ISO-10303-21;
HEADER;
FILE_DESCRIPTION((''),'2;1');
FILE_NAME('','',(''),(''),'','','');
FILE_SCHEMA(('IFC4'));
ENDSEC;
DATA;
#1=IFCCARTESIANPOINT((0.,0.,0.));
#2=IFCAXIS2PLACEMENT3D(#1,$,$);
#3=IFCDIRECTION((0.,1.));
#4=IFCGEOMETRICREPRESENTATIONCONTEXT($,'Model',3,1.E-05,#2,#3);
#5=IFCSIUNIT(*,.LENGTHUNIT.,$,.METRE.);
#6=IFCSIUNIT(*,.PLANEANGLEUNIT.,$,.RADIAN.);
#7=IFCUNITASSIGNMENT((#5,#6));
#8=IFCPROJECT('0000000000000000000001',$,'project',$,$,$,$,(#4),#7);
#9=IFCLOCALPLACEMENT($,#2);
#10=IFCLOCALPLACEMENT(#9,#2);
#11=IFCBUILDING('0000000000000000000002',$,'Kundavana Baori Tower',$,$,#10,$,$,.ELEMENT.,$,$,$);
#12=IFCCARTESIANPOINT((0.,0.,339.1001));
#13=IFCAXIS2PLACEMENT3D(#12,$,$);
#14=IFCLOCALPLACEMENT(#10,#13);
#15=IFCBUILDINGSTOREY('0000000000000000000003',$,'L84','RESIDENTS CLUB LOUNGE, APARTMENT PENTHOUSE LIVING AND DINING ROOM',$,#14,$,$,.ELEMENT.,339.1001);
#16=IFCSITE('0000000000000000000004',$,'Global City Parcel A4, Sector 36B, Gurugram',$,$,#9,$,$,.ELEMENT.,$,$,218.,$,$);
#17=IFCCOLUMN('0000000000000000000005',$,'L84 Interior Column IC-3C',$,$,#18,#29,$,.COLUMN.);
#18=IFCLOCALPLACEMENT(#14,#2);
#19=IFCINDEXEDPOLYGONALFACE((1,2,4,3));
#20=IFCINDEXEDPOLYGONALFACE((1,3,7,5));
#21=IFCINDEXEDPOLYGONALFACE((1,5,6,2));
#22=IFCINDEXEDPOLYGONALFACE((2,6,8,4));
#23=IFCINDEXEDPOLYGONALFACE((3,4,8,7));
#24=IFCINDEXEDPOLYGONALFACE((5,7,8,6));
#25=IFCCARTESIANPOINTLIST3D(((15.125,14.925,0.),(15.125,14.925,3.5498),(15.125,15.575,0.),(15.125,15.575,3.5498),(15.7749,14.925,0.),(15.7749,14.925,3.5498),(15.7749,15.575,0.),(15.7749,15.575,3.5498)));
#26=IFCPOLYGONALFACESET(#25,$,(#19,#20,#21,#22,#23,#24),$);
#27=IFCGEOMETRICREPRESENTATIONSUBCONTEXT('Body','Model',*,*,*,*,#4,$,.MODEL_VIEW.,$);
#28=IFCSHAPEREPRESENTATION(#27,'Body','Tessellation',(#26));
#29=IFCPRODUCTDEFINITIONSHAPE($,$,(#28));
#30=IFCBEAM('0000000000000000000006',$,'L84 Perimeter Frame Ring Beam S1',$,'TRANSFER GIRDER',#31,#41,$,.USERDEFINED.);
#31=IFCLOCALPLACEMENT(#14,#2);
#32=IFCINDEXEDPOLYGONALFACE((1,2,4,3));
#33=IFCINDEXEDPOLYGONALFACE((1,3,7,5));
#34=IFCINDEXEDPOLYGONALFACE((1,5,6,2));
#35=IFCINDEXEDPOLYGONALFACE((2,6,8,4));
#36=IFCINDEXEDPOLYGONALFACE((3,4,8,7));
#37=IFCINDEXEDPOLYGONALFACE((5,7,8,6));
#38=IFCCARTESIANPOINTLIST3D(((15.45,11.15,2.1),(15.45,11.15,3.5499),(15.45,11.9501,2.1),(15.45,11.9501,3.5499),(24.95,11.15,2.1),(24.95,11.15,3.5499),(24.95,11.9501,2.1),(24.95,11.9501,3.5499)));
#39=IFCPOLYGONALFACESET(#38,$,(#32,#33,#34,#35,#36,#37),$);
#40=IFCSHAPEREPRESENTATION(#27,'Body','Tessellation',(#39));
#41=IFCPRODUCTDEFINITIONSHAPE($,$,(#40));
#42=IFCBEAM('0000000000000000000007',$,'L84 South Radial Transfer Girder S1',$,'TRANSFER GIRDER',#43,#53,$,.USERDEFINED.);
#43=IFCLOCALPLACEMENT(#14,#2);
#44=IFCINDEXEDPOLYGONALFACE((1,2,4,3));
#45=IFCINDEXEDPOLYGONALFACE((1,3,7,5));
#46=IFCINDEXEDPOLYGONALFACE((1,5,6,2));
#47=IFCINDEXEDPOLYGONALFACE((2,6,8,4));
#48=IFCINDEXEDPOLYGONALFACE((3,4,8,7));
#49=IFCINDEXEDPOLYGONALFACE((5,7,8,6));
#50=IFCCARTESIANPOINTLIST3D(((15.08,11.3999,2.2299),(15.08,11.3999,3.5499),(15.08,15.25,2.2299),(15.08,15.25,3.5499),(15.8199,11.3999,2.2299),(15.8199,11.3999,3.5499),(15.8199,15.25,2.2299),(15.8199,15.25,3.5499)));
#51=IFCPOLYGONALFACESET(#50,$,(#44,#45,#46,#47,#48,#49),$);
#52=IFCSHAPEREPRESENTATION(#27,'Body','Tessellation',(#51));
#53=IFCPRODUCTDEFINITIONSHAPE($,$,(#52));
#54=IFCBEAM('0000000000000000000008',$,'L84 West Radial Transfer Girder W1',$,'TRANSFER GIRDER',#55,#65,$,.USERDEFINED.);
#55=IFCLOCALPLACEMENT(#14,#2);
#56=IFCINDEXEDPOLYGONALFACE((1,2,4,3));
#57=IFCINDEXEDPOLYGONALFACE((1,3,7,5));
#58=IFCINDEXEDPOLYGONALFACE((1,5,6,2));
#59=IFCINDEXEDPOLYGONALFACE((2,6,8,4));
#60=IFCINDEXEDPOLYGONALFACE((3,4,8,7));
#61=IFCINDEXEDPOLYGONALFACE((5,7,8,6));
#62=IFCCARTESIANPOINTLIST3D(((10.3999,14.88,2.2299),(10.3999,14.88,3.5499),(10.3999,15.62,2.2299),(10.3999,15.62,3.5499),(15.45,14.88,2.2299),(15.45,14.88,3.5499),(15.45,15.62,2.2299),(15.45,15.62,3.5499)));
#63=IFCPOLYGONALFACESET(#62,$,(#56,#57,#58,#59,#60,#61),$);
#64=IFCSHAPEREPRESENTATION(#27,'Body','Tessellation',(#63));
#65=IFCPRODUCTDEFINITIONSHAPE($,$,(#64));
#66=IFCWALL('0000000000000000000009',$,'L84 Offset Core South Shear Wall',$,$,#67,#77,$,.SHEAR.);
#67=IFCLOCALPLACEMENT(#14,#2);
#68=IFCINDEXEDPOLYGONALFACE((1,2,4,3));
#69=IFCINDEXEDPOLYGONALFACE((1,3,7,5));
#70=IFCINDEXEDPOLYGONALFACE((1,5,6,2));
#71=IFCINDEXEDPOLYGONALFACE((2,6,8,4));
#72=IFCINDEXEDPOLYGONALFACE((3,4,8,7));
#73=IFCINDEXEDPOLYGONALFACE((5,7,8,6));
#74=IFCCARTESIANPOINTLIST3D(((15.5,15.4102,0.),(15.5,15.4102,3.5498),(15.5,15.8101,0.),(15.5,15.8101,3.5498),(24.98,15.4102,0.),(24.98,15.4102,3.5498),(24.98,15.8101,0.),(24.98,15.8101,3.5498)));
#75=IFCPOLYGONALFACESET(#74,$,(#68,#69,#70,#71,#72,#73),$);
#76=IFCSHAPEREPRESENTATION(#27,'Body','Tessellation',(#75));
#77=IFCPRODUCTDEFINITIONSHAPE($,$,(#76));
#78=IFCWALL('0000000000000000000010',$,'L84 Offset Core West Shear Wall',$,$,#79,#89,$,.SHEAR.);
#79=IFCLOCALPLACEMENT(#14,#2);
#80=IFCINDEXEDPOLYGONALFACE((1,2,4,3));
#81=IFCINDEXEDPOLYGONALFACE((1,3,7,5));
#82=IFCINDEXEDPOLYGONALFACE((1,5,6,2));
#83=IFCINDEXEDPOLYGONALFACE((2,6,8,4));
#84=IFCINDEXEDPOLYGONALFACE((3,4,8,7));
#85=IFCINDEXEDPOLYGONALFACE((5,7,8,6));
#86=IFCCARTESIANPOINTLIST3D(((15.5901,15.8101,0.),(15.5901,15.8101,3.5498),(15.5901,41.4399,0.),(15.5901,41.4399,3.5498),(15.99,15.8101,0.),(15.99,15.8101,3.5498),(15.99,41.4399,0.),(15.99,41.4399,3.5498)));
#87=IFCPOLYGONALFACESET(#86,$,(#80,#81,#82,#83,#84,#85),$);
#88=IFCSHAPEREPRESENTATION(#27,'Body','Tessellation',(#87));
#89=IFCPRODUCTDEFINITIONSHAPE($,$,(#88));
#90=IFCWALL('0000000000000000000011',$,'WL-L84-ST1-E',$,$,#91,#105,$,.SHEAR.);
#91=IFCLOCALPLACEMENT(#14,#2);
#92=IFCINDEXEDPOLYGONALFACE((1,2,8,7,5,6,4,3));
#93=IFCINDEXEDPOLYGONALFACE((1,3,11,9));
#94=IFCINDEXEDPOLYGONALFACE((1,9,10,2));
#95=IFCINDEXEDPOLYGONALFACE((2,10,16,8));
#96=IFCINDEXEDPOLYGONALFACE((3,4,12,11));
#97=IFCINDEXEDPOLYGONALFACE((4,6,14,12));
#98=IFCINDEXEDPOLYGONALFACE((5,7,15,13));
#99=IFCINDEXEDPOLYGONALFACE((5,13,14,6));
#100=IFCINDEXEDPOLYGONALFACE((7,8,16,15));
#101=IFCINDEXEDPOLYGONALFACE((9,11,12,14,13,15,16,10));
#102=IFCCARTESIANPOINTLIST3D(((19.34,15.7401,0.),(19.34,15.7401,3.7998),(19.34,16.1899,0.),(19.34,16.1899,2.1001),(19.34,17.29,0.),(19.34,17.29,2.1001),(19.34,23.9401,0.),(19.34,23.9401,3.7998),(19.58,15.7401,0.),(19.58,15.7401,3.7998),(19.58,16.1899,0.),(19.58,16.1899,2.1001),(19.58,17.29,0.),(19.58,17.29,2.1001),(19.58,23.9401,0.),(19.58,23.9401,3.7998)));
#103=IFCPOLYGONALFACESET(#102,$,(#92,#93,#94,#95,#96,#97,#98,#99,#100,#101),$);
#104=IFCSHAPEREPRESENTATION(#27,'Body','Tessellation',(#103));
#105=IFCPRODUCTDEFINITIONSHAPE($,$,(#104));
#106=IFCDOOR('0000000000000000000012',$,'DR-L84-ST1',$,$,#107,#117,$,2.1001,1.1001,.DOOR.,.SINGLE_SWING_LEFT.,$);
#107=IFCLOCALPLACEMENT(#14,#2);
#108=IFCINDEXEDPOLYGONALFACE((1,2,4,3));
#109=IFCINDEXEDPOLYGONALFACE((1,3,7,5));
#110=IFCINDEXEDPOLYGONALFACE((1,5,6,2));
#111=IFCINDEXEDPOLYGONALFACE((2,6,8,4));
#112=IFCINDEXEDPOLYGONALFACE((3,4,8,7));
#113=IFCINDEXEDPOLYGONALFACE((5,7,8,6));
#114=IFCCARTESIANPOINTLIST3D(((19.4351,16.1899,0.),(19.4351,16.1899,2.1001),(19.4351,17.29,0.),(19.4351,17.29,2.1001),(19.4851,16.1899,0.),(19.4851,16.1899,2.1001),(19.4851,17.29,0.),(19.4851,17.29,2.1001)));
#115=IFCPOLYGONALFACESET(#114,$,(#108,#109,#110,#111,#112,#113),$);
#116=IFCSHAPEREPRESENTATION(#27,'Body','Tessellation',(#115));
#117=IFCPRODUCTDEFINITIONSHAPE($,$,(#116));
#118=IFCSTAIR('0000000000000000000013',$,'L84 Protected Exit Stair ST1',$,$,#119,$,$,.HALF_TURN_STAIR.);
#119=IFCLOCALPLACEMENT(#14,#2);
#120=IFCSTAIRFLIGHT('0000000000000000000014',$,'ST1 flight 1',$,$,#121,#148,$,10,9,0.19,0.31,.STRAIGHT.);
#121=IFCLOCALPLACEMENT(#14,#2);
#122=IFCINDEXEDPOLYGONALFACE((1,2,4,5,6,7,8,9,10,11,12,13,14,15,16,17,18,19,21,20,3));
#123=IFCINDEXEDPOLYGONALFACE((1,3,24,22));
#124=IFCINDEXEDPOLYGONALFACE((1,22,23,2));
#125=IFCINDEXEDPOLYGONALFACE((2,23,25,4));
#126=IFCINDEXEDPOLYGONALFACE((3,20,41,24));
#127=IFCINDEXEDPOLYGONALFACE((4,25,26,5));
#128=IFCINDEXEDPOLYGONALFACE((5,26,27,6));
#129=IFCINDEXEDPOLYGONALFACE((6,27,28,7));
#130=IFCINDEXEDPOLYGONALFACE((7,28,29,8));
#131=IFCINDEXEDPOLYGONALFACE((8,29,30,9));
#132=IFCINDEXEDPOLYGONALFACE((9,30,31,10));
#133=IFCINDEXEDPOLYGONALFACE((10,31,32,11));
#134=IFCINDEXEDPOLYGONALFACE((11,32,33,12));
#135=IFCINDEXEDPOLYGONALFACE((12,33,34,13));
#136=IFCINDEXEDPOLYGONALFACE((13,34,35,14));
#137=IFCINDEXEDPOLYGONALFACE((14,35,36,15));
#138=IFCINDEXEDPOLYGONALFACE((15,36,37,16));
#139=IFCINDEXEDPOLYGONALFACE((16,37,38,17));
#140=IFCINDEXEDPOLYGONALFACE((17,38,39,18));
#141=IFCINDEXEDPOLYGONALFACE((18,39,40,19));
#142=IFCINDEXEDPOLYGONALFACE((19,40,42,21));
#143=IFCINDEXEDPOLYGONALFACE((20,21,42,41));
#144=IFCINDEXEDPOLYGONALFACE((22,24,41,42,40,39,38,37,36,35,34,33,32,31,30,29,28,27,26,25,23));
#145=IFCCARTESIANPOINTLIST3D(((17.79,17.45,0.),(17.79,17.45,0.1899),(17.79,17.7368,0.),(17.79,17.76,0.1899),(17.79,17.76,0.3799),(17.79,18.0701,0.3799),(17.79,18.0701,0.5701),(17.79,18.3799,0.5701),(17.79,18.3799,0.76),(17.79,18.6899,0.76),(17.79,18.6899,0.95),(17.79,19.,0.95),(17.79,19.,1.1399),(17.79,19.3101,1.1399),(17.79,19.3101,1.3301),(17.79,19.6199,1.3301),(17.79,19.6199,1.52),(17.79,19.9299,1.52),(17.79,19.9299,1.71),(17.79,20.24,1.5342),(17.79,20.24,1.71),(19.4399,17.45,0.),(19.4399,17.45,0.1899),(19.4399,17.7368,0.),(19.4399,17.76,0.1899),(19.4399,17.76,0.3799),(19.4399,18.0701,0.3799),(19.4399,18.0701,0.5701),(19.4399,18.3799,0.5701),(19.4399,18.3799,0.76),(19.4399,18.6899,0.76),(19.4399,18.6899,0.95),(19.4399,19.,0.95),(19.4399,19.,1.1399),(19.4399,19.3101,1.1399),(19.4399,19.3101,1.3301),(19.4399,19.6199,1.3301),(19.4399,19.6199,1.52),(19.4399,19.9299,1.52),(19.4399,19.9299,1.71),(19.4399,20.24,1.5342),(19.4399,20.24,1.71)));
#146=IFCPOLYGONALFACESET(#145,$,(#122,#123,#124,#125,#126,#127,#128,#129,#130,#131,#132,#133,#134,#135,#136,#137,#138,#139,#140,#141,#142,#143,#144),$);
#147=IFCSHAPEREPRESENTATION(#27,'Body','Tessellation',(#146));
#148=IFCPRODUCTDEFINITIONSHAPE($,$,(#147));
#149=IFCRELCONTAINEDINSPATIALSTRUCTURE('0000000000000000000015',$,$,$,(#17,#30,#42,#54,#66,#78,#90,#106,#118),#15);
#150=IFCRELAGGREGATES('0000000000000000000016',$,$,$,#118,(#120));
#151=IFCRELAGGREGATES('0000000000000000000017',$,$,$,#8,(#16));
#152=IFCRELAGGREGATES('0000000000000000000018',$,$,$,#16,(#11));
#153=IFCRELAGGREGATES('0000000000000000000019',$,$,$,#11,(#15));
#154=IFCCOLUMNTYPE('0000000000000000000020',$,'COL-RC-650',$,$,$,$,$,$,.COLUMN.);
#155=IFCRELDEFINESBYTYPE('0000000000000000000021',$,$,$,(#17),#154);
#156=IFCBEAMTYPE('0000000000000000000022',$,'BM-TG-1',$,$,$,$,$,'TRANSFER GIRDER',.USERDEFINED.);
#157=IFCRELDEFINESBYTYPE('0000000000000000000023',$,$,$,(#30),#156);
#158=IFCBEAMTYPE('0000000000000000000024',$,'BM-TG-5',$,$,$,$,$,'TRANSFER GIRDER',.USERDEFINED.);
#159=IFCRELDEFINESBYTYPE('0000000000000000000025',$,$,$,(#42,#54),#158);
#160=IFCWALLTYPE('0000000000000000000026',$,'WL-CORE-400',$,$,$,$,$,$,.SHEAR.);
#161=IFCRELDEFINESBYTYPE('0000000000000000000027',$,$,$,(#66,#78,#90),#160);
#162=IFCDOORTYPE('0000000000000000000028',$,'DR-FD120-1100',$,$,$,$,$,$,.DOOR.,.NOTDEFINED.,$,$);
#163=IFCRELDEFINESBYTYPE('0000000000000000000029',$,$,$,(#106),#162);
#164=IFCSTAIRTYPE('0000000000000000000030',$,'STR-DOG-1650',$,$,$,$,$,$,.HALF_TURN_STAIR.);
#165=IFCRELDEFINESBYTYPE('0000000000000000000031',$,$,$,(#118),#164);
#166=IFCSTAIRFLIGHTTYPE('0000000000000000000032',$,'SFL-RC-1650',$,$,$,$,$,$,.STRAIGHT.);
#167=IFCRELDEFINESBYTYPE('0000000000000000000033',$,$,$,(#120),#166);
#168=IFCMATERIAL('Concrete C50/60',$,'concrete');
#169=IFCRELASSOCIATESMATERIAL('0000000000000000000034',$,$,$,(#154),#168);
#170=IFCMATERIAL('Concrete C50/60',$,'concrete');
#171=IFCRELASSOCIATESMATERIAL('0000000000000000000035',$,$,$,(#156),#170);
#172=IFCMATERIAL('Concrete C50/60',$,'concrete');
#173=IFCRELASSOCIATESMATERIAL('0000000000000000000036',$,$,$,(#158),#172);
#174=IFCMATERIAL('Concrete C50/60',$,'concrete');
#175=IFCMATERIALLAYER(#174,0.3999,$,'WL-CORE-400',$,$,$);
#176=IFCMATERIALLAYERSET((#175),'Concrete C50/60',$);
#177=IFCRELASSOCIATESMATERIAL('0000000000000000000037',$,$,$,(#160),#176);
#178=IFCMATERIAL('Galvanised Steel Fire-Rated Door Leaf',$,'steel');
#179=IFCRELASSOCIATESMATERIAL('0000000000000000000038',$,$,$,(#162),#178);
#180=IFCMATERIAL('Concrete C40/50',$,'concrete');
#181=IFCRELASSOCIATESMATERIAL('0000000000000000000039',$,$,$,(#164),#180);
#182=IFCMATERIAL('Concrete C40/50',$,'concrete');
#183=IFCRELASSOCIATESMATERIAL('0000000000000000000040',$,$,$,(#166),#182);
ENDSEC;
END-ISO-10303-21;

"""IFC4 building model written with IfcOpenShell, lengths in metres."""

from ifc_helpers import new_model, si_unit, direction, frame, frame_2d, origin, origin_2d, place, context, subcontext, project, spatial, polyline, rectangle, outline, extrude, material, layer, layer_set, material_profile, profile_set, type_object, element, fill, aggregate, save


model = new_model("IFC4")

# Units and contexts
model_context = context("Model", 3, precision=1e-05, world=origin(), true_north=direction((0.0, 1.0)))
body_context = subcontext(model_context, "Body", "Model", "MODEL_VIEW")
ifc_project = project(units=[si_unit("LENGTHUNIT", "METRE"), si_unit("PLANEANGLEUNIT", "RADIAN")], contexts=[model_context])

# Site, building, storey
site_placement = place(None, origin())
site = spatial("IfcSite", under=ifc_project, at=site_placement, Name="Global City Parcel A4, Sector 36B, Gurugram", CompositionType="ELEMENT", RefElevation=218.0)
building_placement = place(site_placement, origin())
building = spatial("IfcBuilding", under=site, at=building_placement, Name="Kundavana Baori Tower", CompositionType="ELEMENT")
storey_placement = place(building_placement, frame((0.0, 0.0, 339.1001)))
storey = spatial("IfcBuildingStorey", under=building, at=storey_placement, Name="L84", Description="RESIDENTS CLUB LOUNGE, APARTMENT PENTHOUSE LIVING AND DINING ROOM", CompositionType="ELEMENT", Elevation=339.1001)

# Column
ifc_material_1 = material(Name="Concrete C50/60", Category="concrete")
ifc_material_profile_1 = material_profile(ifc_material_1, rectangle(XDim=0.6499, YDim=0.6499, at=origin_2d()), Name="RC 650x650")
ifc_profile_set_1 = profile_set([ifc_material_profile_1], Name="Concrete C50/60")
column_type = type_object("IfcColumnType", Name="COL-RC-650", PredefinedType="COLUMN", material=ifc_profile_set_1)
column_placement = place(storey_placement, frame((15.45, 15.25, 0.0), z_axis=(0.0, 0.0, 1.0), x_axis=(1.0, 0.0, 0.0)))
element("IfcColumn", 1, at=column_placement, inside=storey, type_object=column_type, Name="L84 Interior Column IC-3C", PredefinedType="COLUMN", context=body_context, shape_type="SweptSolid", body=[
    extrude(rectangle(XDim=0.6499, YDim=0.6499, at=origin_2d()), origin(), (0.0, 0.0, 1.0), 3.5498),
])

# Beams
ifc_material_2 = material(Name="Concrete C50/60", Category="concrete")
ifc_material_profile_2 = material_profile(ifc_material_2, rectangle(XDim=0.8, YDim=1.45, at=origin_2d()), Name="BM-TG-1")
ifc_profile_set_2 = profile_set([ifc_material_profile_2], Name="Concrete C50/60")
beam_type_1 = type_object("IfcBeamType", Name="BM-TG-1", ElementType="TRANSFER GIRDER", PredefinedType="USERDEFINED", material=ifc_profile_set_2)
beam_1_placement = place(storey_placement, frame((15.45, 11.55, 2.825), z_axis=(1.0, 0.0, 0.0), x_axis=(0.0, 1.0, 0.0)))
element("IfcBeam", 2, at=beam_1_placement, inside=storey, type_object=beam_type_1, Name="L84 Perimeter Frame Ring Beam S1", ObjectType="TRANSFER GIRDER", PredefinedType="USERDEFINED", context=body_context, shape_type="SweptSolid", body=[
    extrude(rectangle(XDim=0.8, YDim=1.45, at=origin_2d()), origin(), (0.0, 0.0, 1.0), 9.5),
])
ifc_material_3 = material(Name="Concrete C50/60", Category="concrete")
ifc_material_profile_3 = material_profile(ifc_material_3, rectangle(XDim=0.74, YDim=1.3201, at=origin_2d()), Name="BM-TG-5")
ifc_profile_set_3 = profile_set([ifc_material_profile_3], Name="Concrete C50/60")
beam_type_2 = type_object("IfcBeamType", Name="BM-TG-5", ElementType="TRANSFER GIRDER", PredefinedType="USERDEFINED", material=ifc_profile_set_3)
beam_2_placement = place(storey_placement, frame((15.45, 15.25, 2.8899), z_axis=(0.0, -1.0, 0.0), x_axis=(1.0, 0.0, 0.0)))
element("IfcBeam", 3, at=beam_2_placement, inside=storey, type_object=beam_type_2, Name="L84 South Radial Transfer Girder S1", ObjectType="TRANSFER GIRDER", PredefinedType="USERDEFINED", context=body_context, shape_type="SweptSolid", body=[
    extrude(rectangle(XDim=0.74, YDim=1.3201, at=origin_2d()), origin(), (0.0, 0.0, 1.0), 3.8501),
])
beam_3_placement = place(storey_placement, frame((15.45, 15.25, 2.8899), z_axis=(-1.0, 0.0, 0.0), x_axis=(0.0, -1.0, 0.0)))
element("IfcBeam", 4, at=beam_3_placement, inside=storey, type_object=beam_type_2, Name="L84 West Radial Transfer Girder W1", ObjectType="TRANSFER GIRDER", PredefinedType="USERDEFINED", context=body_context, shape_type="SweptSolid", body=[
    extrude(rectangle(XDim=0.74, YDim=1.3201, at=origin_2d()), origin(), (0.0, 0.0, 1.0), 5.05),
])

# Walls
ifc_material_4 = material(Name="Concrete C50/60", Category="concrete")
ifc_layer = layer(ifc_material_4, 0.3999, Name="WL-CORE-400")
ifc_layer_set = layer_set([ifc_layer], Name="Concrete C50/60")
wall_type = type_object("IfcWallType", Name="WL-CORE-400", PredefinedType="SHEAR", material=ifc_layer_set)
wall_1_placement = place(storey_placement, frame((15.5, 15.6101, 0.0), z_axis=(0.0, 0.0, 1.0), x_axis=(1.0, 0.0, 0.0)))
element("IfcWall", 5, at=wall_1_placement, inside=storey, type_object=wall_type, Name="L84 Offset Core South Shear Wall", PredefinedType="SHEAR", context=body_context, shape_type="SweptSolid", body=[
    extrude(rectangle(XDim=9.48, YDim=0.3999, at=frame_2d((4.74, 0.0))), origin(), (0.0, 0.0, 1.0), 3.5498),
])
wall_2_placement = place(storey_placement, frame((15.79, 15.8101, 0.0), z_axis=(0.0, 0.0, 1.0), x_axis=(0.0, 1.0, 0.0)))
element("IfcWall", 6, at=wall_2_placement, inside=storey, type_object=wall_type, Name="L84 Offset Core West Shear Wall", PredefinedType="SHEAR", context=body_context, shape_type="SweptSolid", body=[
    extrude(rectangle(XDim=25.6299, YDim=0.3999, at=frame_2d((12.8149, 0.0))), origin(), (0.0, 0.0, 1.0), 3.5498),
])

# Wall, opening, door
wall_3_placement = place(storey_placement, frame((19.46, 15.74, 0.0), z_axis=(0.0, 0.0, 1.0), x_axis=(0.0, 1.0, 0.0)))
wall_3 = element("IfcWall", 7, at=wall_3_placement, inside=storey, type_object=wall_type, Name="WL-L84-ST1-E", PredefinedType="SHEAR", context=body_context, shape_type="SweptSolid", body=[
    extrude(rectangle(XDim=8.2, YDim=0.24, at=frame_2d((4.1001, 0.0))), origin(), (0.0, 0.0, 1.0), 3.7998),
])
opening_1_placement = place(wall_3_placement, frame((0.45, 0.0, 0.0)))
opening_1 = element("IfcOpeningElement", 8, at=opening_1_placement, cuts=wall_3, PredefinedType="OPENING", context=body_context, shape_type="SweptSolid", body=[
    extrude(rectangle(XDim=1.1001, YDim=2.1001, at=frame_2d((0.55, 1.05))), frame((0.0, 0.1299, 0.0), z_axis=(0.0, -1.0, 0.0), x_axis=(1.0, 0.0, 0.0)), (0.0, 0.0, 1.0), 0.26),
])
ifc_material_5 = material(Name="Galvanised Steel Fire-Rated Door Leaf", Category="steel")
door_type_1 = type_object("IfcDoorType", Name="DR-FD120-1100", OperationType="NOTDEFINED", PredefinedType="DOOR", material=ifc_material_5)
door_1_placement = place(opening_1_placement, origin())
door_1 = element("IfcDoor", 9, at=door_1_placement, inside=storey, type_object=door_type_1, Name="DR-L84-ST1", OperationType="SINGLE_SWING_LEFT", OverallHeight=2.1001, OverallWidth=1.1001, PredefinedType="DOOR", context=body_context, shape_type="SweptSolid", body=[
    extrude(rectangle(XDim=1.1001, YDim=2.1001, at=frame_2d((0.55, 1.05))), frame((0.0, 0.0249, 0.0), z_axis=(0.0, -1.0, 0.0), x_axis=(1.0, 0.0, 0.0)), (0.0, 0.0, 1.0), 0.05),
])
fill(opening_1, door_1)

# Stair, stair flight
ifc_material_6 = material(Name="Concrete C40/50", Category="concrete")
stair_type = type_object("IfcStairType", Name="STR-DOG-1650", PredefinedType="HALF_TURN_STAIR", material=ifc_material_6)
stair_placement = place(storey_placement, origin())
stair = element("IfcStair", 10, at=stair_placement, inside=storey, type_object=stair_type, Name="L84 Protected Exit Stair ST1", PredefinedType="HALF_TURN_STAIR")
ifc_material_7 = material(Name="Concrete C40/50", Category="concrete")
stair_flight_type = type_object("IfcStairFlightType", Name="SFL-RC-1650", PredefinedType="STRAIGHT", material=ifc_material_7)
stair_flight_placement = place(storey_placement, frame((18.615, 17.45, 0.0), z_axis=(0.0, 0.0, 1.0), x_axis=(0.0, 1.0, 0.0)))
stair_flight = element("IfcStairFlight", 11, at=stair_flight_placement, type_object=stair_flight_type, Name="ST1 flight 1", NumberOfRisers=10, NumberOfTreads=9, PredefinedType="STRAIGHT", RiserHeight=0.19, TreadLength=0.31, context=body_context, shape_type="SweptSolid", body=[
    extrude(outline(polyline([(0.0, 0.0), (0.0, 0.1899), (0.3101, 0.1899), (0.3101, 0.3799), (0.6201, 0.3799), (0.6201, 0.5701), (0.9299, 0.5701), (0.9299, 0.76), (1.24, 0.76), (1.24, 0.95), (1.55, 0.95), (1.55, 1.1399), (1.8601, 1.1399), (1.8601, 1.3301), (2.1699, 1.3301), (2.1699, 1.52), (2.48, 1.52), (2.48, 1.71), (2.79, 1.71), (2.79, 1.8999), (2.79, 1.5342), (0.2869, 0.0), (0.0, 0.0)])), frame((0.0, 0.825, 0.0), z_axis=(0.0, -1.0, 0.0), x_axis=(1.0, 0.0, 0.0)), (0.0, 0.0, 1.0), 1.6499),
])
aggregate(stair, [stair_flight])

save(model, "model.ifc")
